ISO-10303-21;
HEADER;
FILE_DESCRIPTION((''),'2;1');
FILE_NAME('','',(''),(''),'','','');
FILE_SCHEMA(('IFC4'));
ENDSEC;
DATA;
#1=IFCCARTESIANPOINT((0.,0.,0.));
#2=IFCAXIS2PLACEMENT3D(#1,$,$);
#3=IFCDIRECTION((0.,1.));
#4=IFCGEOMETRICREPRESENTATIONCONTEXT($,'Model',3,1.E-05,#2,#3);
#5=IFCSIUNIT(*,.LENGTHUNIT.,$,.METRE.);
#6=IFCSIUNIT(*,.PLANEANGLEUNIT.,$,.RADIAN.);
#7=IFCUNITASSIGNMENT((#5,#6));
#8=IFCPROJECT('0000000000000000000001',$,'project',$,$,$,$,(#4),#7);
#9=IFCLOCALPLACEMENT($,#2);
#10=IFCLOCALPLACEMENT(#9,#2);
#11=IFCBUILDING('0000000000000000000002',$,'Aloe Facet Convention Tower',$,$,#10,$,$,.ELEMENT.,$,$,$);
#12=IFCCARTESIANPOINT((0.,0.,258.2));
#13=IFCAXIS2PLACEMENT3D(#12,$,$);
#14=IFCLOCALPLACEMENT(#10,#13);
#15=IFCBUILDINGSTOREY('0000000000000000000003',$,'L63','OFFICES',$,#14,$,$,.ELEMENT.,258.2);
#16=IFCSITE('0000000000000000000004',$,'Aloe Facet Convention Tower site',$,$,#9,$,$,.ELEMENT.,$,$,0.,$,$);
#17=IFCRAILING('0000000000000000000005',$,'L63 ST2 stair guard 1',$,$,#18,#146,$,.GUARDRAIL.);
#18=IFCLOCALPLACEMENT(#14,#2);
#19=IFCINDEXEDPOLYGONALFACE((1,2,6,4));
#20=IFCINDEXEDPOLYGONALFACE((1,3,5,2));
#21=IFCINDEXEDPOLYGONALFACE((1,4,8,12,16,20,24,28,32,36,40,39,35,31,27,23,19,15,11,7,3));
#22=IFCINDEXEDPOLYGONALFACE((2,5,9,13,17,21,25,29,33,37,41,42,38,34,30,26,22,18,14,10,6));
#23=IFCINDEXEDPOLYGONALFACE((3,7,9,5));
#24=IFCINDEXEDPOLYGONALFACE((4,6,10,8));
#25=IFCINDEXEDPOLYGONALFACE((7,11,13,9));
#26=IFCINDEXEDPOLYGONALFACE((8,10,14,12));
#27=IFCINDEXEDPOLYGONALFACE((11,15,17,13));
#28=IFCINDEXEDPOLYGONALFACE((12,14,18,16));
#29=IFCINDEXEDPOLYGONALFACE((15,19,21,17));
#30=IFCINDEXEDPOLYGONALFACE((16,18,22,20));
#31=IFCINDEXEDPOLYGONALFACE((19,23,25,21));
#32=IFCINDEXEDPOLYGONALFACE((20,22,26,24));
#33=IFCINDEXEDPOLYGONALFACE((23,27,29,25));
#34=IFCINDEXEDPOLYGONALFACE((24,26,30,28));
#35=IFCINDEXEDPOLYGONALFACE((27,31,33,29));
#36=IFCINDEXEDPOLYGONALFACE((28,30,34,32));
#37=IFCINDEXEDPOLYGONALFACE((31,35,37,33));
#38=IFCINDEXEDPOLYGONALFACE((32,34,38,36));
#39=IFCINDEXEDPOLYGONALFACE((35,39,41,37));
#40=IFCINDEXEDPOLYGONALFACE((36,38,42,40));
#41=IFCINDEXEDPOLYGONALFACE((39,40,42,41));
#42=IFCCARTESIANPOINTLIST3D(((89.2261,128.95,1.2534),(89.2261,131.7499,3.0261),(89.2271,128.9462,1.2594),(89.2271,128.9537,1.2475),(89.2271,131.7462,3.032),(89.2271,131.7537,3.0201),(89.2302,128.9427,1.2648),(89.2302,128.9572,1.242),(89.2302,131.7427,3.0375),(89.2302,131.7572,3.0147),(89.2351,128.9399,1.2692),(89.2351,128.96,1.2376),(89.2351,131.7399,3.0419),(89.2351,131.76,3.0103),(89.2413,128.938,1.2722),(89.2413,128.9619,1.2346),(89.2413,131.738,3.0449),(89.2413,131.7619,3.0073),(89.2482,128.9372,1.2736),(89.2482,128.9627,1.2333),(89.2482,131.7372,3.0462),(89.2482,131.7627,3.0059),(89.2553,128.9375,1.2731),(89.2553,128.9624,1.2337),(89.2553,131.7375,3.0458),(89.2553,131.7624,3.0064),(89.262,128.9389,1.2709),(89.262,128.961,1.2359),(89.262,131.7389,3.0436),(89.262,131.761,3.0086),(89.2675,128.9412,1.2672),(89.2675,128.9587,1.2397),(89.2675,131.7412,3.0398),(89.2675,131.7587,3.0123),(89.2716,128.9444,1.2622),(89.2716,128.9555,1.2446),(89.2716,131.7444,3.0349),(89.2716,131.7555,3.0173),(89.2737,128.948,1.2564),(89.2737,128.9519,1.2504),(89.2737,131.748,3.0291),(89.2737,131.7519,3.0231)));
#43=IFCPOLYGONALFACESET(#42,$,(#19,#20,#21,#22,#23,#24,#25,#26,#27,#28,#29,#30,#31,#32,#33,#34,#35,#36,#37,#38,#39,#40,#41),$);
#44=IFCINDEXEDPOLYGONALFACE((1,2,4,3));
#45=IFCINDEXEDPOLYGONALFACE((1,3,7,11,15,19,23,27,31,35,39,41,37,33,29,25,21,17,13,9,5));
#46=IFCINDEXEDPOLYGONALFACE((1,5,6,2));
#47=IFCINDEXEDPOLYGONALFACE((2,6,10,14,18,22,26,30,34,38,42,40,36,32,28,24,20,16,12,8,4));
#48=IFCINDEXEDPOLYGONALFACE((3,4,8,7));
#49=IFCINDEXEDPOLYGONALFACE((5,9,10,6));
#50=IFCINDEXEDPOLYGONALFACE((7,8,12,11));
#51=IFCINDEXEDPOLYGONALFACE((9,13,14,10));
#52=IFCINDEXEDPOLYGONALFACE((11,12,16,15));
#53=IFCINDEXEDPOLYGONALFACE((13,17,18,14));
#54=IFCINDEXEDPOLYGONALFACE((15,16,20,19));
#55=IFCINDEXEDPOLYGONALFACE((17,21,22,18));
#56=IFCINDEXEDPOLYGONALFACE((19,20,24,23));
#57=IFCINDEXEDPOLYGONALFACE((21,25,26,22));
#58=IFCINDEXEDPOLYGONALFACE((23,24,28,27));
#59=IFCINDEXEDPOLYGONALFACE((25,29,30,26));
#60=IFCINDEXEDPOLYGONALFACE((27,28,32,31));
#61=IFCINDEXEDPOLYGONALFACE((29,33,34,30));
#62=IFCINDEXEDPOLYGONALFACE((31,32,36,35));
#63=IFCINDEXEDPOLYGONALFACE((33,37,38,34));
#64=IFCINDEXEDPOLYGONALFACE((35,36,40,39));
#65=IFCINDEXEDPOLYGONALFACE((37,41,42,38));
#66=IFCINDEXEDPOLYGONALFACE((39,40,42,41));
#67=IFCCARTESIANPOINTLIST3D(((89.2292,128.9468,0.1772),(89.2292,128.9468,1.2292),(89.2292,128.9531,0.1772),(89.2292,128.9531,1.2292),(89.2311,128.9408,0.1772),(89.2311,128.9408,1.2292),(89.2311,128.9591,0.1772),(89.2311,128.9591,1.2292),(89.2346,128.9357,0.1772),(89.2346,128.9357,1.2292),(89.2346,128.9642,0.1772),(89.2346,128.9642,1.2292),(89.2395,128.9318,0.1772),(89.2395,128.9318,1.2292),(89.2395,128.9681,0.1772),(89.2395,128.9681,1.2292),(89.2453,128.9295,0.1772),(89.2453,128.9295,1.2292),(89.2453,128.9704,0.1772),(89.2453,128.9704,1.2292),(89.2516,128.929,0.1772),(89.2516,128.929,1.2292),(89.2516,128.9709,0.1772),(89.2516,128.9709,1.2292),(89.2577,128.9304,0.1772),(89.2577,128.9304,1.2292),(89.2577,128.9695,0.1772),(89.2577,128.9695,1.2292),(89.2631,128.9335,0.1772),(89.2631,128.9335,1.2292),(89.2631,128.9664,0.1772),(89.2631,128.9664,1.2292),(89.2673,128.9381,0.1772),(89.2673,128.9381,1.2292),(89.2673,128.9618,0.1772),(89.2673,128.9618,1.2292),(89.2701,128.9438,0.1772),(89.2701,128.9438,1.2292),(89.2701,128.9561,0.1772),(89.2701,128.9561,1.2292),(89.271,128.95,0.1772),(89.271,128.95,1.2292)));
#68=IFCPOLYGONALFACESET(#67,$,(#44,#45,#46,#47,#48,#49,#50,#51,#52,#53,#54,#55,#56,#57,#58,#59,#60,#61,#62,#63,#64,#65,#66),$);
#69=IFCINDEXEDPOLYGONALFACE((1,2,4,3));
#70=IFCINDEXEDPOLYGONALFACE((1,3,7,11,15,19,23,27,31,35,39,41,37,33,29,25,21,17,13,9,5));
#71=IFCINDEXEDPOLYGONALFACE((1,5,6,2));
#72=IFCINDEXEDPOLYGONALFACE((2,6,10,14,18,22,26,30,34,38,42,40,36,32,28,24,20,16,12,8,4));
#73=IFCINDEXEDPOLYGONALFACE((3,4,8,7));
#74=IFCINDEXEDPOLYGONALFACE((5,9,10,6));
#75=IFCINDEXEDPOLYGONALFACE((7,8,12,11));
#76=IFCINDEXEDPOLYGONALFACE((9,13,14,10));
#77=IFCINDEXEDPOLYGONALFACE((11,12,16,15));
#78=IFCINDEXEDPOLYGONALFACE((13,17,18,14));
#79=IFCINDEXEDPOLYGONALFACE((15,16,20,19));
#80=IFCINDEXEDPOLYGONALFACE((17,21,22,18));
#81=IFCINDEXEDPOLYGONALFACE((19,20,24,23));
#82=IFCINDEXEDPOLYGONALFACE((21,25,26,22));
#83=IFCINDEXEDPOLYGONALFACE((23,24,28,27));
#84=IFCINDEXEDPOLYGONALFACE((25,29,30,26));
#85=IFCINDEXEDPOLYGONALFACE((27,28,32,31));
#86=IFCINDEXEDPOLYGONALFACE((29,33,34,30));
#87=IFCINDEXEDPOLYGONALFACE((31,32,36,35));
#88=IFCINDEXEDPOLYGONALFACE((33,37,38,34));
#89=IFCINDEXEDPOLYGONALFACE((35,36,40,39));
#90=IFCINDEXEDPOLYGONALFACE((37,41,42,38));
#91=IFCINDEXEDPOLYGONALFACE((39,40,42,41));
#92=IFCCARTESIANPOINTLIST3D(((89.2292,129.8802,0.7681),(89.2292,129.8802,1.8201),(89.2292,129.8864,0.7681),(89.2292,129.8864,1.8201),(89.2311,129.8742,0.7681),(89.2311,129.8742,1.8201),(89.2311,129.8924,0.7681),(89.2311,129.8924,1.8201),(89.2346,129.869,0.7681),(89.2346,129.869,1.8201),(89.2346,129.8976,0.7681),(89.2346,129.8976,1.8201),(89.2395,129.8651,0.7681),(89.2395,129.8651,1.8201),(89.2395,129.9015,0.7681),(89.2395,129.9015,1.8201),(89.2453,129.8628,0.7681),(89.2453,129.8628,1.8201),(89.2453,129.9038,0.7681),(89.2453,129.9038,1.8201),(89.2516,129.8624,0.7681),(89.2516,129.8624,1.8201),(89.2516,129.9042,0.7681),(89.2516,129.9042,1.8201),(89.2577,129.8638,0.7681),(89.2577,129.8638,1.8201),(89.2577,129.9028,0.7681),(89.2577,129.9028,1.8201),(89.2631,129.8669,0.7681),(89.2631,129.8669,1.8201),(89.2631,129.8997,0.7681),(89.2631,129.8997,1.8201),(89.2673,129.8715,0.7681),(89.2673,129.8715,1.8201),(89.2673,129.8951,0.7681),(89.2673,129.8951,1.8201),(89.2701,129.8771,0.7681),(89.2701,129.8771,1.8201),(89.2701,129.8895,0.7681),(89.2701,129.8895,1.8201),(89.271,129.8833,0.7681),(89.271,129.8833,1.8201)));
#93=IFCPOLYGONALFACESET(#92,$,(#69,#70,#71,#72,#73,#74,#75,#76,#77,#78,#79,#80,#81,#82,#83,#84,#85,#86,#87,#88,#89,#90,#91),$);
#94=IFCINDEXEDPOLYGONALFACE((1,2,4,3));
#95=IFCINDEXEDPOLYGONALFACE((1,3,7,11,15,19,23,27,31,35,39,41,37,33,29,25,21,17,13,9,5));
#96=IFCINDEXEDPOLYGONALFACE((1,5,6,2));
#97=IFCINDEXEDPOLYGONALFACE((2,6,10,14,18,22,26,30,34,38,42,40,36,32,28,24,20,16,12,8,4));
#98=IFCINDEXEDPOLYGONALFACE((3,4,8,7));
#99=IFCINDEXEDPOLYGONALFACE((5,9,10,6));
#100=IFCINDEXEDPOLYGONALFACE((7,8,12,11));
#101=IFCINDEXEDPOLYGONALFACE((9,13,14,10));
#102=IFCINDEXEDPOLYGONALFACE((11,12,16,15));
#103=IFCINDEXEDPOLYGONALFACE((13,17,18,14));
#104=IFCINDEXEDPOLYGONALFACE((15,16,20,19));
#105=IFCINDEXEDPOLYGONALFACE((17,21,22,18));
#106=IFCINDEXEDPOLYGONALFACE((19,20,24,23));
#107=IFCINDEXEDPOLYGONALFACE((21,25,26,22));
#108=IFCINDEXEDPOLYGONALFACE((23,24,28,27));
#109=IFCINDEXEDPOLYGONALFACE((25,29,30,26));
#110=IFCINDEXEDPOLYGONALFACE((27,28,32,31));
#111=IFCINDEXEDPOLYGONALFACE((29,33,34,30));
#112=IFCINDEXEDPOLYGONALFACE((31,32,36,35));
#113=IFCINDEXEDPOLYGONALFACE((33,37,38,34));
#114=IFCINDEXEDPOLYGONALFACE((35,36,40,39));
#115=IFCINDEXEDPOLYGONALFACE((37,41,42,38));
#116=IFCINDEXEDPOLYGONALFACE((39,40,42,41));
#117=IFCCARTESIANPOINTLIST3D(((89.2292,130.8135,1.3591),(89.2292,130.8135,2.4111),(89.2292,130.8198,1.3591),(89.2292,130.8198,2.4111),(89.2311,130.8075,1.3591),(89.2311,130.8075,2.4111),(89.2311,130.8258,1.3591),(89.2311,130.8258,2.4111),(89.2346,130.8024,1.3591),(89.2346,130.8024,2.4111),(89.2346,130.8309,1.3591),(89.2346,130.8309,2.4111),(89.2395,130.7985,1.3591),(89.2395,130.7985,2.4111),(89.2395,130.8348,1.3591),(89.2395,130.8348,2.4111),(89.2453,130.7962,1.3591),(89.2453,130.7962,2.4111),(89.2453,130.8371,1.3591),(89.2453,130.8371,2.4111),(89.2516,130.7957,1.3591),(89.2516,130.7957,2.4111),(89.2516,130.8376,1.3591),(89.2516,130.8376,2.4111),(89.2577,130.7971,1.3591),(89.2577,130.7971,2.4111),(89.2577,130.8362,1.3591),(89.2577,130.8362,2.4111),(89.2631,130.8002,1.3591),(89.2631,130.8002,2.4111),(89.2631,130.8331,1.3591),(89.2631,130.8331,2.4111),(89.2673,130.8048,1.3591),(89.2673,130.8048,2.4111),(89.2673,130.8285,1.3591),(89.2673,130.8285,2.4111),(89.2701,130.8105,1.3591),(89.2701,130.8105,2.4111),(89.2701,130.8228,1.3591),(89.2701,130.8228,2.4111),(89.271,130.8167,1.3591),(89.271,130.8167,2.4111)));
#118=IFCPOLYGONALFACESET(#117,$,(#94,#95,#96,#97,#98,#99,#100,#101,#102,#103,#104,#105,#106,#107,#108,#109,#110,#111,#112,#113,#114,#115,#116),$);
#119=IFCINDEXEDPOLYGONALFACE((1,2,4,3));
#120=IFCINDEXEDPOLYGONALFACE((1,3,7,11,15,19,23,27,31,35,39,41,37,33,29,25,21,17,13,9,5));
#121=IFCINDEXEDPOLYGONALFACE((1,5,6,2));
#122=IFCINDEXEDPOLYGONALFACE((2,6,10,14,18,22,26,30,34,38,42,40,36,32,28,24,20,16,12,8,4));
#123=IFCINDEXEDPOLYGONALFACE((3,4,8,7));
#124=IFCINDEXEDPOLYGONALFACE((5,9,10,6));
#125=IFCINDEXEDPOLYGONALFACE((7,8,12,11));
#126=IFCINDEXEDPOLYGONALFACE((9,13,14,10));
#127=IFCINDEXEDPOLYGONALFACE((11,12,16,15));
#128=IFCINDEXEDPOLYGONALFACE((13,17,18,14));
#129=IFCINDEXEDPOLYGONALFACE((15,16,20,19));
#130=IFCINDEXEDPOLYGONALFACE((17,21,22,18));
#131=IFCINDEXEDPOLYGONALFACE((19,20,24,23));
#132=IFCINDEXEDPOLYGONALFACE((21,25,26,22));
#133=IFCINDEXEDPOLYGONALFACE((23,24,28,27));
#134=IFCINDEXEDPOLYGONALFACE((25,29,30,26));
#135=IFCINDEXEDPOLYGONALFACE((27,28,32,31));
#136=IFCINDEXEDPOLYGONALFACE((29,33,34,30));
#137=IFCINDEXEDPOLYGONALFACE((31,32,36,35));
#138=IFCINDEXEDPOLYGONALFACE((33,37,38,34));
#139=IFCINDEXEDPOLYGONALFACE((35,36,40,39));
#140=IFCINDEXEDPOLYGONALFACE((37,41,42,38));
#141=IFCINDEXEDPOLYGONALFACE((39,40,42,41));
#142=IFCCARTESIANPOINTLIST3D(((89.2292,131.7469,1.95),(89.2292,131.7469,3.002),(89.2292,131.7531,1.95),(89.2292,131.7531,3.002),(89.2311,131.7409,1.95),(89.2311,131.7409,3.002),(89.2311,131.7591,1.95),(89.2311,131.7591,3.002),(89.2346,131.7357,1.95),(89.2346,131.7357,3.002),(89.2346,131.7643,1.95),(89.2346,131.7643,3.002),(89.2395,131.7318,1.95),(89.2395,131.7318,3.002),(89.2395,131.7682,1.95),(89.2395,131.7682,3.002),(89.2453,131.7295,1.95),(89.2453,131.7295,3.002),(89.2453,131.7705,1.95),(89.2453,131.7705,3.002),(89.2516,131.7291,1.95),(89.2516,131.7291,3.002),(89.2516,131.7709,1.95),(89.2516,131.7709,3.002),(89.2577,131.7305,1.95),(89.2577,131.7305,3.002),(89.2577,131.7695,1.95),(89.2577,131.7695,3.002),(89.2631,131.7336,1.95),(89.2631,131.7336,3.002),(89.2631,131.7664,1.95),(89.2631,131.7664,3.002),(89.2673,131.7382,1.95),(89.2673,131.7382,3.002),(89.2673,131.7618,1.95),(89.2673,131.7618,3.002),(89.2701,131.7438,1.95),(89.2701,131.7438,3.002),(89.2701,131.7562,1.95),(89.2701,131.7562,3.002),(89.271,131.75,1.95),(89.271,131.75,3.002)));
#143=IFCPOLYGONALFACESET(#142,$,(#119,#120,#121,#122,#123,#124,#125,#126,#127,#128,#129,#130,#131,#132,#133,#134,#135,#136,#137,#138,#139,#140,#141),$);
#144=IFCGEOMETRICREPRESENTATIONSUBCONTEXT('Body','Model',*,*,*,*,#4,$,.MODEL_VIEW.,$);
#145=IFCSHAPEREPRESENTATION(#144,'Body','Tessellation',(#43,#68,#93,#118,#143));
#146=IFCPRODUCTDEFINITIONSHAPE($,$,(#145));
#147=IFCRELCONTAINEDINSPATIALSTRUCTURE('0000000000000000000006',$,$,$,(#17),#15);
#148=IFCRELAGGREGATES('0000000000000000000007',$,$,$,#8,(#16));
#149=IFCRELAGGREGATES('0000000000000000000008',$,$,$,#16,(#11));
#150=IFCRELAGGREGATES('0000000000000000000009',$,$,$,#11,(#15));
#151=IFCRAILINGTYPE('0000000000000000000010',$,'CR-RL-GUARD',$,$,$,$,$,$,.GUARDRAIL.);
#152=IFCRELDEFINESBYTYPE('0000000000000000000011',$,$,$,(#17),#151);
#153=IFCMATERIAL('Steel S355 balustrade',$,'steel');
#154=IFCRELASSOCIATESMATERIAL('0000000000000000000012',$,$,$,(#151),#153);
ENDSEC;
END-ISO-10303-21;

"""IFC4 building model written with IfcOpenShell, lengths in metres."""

from ifc_helpers import new_model, si_unit, direction, frame, origin, origin_2d, place, context, subcontext, project, spatial, circle, extrude, material, type_object, element, save


model = new_model("IFC4")

# Units and contexts
model_context = context("Model", 3, precision=1e-05, world=origin(), true_north=direction((0.0, 1.0)))
body_context = subcontext(model_context, "Body", "Model", "MODEL_VIEW")
ifc_project = project(units=[si_unit("LENGTHUNIT", "METRE"), si_unit("PLANEANGLEUNIT", "RADIAN")], contexts=[model_context])

# Site, building, storey
site_placement = place(None, origin())
site = spatial("IfcSite", under=ifc_project, at=site_placement, Name="Aloe Facet Convention Tower site", CompositionType="ELEMENT", RefElevation=0.0)
building_placement = place(site_placement, origin())
building = spatial("IfcBuilding", under=site, at=building_placement, Name="Aloe Facet Convention Tower", CompositionType="ELEMENT")
storey_placement = place(building_placement, frame((0.0, 0.0, 258.2)))
storey = spatial("IfcBuildingStorey", under=building, at=storey_placement, Name="L63", Description="OFFICES", CompositionType="ELEMENT", Elevation=258.2)

# Railing
ifc_material_1 = material(Name="Steel S355 balustrade", Category="steel")
railing_type_1 = type_object("IfcRailingType", Name="CR-RL-GUARD", PredefinedType="GUARDRAIL", material=ifc_material_1)
railing_1_placement = place(storey_placement, frame((89.25, 128.95, 0.1772)))
element("IfcRailing", 1, at=railing_1_placement, inside=storey, type_object=railing_type_1, Name="L63 ST2 stair guard 1", PredefinedType="GUARDRAIL", context=body_context, shape_type="SweptSolid", body=[
    extrude(circle(Radius=0.0239, at=origin_2d()), frame((0.0, 0.0, 1.0762), z_axis=(0.0, 0.844909, 0.53491), x_axis=(-1.0, 0.0, 0.0)), (0.0, 0.0, 1.0), 3.314),
    extrude(circle(Radius=0.021, at=origin_2d()), origin(), (0.0, 0.0, 1.0), 1.052),
    extrude(circle(Radius=0.021, at=origin_2d()), frame((0.0, 0.9333, 0.5908)), (0.0, 0.0, 1.0), 1.052),
    extrude(circle(Radius=0.021, at=origin_2d()), frame((0.0, 1.8667, 1.1819)), (0.0, 0.0, 1.0), 1.052),
    extrude(circle(Radius=0.021, at=origin_2d()), frame((0.0, 2.8, 1.7727)), (0.0, 0.0, 1.0), 1.052),
])

save(model, "model.ifc")
